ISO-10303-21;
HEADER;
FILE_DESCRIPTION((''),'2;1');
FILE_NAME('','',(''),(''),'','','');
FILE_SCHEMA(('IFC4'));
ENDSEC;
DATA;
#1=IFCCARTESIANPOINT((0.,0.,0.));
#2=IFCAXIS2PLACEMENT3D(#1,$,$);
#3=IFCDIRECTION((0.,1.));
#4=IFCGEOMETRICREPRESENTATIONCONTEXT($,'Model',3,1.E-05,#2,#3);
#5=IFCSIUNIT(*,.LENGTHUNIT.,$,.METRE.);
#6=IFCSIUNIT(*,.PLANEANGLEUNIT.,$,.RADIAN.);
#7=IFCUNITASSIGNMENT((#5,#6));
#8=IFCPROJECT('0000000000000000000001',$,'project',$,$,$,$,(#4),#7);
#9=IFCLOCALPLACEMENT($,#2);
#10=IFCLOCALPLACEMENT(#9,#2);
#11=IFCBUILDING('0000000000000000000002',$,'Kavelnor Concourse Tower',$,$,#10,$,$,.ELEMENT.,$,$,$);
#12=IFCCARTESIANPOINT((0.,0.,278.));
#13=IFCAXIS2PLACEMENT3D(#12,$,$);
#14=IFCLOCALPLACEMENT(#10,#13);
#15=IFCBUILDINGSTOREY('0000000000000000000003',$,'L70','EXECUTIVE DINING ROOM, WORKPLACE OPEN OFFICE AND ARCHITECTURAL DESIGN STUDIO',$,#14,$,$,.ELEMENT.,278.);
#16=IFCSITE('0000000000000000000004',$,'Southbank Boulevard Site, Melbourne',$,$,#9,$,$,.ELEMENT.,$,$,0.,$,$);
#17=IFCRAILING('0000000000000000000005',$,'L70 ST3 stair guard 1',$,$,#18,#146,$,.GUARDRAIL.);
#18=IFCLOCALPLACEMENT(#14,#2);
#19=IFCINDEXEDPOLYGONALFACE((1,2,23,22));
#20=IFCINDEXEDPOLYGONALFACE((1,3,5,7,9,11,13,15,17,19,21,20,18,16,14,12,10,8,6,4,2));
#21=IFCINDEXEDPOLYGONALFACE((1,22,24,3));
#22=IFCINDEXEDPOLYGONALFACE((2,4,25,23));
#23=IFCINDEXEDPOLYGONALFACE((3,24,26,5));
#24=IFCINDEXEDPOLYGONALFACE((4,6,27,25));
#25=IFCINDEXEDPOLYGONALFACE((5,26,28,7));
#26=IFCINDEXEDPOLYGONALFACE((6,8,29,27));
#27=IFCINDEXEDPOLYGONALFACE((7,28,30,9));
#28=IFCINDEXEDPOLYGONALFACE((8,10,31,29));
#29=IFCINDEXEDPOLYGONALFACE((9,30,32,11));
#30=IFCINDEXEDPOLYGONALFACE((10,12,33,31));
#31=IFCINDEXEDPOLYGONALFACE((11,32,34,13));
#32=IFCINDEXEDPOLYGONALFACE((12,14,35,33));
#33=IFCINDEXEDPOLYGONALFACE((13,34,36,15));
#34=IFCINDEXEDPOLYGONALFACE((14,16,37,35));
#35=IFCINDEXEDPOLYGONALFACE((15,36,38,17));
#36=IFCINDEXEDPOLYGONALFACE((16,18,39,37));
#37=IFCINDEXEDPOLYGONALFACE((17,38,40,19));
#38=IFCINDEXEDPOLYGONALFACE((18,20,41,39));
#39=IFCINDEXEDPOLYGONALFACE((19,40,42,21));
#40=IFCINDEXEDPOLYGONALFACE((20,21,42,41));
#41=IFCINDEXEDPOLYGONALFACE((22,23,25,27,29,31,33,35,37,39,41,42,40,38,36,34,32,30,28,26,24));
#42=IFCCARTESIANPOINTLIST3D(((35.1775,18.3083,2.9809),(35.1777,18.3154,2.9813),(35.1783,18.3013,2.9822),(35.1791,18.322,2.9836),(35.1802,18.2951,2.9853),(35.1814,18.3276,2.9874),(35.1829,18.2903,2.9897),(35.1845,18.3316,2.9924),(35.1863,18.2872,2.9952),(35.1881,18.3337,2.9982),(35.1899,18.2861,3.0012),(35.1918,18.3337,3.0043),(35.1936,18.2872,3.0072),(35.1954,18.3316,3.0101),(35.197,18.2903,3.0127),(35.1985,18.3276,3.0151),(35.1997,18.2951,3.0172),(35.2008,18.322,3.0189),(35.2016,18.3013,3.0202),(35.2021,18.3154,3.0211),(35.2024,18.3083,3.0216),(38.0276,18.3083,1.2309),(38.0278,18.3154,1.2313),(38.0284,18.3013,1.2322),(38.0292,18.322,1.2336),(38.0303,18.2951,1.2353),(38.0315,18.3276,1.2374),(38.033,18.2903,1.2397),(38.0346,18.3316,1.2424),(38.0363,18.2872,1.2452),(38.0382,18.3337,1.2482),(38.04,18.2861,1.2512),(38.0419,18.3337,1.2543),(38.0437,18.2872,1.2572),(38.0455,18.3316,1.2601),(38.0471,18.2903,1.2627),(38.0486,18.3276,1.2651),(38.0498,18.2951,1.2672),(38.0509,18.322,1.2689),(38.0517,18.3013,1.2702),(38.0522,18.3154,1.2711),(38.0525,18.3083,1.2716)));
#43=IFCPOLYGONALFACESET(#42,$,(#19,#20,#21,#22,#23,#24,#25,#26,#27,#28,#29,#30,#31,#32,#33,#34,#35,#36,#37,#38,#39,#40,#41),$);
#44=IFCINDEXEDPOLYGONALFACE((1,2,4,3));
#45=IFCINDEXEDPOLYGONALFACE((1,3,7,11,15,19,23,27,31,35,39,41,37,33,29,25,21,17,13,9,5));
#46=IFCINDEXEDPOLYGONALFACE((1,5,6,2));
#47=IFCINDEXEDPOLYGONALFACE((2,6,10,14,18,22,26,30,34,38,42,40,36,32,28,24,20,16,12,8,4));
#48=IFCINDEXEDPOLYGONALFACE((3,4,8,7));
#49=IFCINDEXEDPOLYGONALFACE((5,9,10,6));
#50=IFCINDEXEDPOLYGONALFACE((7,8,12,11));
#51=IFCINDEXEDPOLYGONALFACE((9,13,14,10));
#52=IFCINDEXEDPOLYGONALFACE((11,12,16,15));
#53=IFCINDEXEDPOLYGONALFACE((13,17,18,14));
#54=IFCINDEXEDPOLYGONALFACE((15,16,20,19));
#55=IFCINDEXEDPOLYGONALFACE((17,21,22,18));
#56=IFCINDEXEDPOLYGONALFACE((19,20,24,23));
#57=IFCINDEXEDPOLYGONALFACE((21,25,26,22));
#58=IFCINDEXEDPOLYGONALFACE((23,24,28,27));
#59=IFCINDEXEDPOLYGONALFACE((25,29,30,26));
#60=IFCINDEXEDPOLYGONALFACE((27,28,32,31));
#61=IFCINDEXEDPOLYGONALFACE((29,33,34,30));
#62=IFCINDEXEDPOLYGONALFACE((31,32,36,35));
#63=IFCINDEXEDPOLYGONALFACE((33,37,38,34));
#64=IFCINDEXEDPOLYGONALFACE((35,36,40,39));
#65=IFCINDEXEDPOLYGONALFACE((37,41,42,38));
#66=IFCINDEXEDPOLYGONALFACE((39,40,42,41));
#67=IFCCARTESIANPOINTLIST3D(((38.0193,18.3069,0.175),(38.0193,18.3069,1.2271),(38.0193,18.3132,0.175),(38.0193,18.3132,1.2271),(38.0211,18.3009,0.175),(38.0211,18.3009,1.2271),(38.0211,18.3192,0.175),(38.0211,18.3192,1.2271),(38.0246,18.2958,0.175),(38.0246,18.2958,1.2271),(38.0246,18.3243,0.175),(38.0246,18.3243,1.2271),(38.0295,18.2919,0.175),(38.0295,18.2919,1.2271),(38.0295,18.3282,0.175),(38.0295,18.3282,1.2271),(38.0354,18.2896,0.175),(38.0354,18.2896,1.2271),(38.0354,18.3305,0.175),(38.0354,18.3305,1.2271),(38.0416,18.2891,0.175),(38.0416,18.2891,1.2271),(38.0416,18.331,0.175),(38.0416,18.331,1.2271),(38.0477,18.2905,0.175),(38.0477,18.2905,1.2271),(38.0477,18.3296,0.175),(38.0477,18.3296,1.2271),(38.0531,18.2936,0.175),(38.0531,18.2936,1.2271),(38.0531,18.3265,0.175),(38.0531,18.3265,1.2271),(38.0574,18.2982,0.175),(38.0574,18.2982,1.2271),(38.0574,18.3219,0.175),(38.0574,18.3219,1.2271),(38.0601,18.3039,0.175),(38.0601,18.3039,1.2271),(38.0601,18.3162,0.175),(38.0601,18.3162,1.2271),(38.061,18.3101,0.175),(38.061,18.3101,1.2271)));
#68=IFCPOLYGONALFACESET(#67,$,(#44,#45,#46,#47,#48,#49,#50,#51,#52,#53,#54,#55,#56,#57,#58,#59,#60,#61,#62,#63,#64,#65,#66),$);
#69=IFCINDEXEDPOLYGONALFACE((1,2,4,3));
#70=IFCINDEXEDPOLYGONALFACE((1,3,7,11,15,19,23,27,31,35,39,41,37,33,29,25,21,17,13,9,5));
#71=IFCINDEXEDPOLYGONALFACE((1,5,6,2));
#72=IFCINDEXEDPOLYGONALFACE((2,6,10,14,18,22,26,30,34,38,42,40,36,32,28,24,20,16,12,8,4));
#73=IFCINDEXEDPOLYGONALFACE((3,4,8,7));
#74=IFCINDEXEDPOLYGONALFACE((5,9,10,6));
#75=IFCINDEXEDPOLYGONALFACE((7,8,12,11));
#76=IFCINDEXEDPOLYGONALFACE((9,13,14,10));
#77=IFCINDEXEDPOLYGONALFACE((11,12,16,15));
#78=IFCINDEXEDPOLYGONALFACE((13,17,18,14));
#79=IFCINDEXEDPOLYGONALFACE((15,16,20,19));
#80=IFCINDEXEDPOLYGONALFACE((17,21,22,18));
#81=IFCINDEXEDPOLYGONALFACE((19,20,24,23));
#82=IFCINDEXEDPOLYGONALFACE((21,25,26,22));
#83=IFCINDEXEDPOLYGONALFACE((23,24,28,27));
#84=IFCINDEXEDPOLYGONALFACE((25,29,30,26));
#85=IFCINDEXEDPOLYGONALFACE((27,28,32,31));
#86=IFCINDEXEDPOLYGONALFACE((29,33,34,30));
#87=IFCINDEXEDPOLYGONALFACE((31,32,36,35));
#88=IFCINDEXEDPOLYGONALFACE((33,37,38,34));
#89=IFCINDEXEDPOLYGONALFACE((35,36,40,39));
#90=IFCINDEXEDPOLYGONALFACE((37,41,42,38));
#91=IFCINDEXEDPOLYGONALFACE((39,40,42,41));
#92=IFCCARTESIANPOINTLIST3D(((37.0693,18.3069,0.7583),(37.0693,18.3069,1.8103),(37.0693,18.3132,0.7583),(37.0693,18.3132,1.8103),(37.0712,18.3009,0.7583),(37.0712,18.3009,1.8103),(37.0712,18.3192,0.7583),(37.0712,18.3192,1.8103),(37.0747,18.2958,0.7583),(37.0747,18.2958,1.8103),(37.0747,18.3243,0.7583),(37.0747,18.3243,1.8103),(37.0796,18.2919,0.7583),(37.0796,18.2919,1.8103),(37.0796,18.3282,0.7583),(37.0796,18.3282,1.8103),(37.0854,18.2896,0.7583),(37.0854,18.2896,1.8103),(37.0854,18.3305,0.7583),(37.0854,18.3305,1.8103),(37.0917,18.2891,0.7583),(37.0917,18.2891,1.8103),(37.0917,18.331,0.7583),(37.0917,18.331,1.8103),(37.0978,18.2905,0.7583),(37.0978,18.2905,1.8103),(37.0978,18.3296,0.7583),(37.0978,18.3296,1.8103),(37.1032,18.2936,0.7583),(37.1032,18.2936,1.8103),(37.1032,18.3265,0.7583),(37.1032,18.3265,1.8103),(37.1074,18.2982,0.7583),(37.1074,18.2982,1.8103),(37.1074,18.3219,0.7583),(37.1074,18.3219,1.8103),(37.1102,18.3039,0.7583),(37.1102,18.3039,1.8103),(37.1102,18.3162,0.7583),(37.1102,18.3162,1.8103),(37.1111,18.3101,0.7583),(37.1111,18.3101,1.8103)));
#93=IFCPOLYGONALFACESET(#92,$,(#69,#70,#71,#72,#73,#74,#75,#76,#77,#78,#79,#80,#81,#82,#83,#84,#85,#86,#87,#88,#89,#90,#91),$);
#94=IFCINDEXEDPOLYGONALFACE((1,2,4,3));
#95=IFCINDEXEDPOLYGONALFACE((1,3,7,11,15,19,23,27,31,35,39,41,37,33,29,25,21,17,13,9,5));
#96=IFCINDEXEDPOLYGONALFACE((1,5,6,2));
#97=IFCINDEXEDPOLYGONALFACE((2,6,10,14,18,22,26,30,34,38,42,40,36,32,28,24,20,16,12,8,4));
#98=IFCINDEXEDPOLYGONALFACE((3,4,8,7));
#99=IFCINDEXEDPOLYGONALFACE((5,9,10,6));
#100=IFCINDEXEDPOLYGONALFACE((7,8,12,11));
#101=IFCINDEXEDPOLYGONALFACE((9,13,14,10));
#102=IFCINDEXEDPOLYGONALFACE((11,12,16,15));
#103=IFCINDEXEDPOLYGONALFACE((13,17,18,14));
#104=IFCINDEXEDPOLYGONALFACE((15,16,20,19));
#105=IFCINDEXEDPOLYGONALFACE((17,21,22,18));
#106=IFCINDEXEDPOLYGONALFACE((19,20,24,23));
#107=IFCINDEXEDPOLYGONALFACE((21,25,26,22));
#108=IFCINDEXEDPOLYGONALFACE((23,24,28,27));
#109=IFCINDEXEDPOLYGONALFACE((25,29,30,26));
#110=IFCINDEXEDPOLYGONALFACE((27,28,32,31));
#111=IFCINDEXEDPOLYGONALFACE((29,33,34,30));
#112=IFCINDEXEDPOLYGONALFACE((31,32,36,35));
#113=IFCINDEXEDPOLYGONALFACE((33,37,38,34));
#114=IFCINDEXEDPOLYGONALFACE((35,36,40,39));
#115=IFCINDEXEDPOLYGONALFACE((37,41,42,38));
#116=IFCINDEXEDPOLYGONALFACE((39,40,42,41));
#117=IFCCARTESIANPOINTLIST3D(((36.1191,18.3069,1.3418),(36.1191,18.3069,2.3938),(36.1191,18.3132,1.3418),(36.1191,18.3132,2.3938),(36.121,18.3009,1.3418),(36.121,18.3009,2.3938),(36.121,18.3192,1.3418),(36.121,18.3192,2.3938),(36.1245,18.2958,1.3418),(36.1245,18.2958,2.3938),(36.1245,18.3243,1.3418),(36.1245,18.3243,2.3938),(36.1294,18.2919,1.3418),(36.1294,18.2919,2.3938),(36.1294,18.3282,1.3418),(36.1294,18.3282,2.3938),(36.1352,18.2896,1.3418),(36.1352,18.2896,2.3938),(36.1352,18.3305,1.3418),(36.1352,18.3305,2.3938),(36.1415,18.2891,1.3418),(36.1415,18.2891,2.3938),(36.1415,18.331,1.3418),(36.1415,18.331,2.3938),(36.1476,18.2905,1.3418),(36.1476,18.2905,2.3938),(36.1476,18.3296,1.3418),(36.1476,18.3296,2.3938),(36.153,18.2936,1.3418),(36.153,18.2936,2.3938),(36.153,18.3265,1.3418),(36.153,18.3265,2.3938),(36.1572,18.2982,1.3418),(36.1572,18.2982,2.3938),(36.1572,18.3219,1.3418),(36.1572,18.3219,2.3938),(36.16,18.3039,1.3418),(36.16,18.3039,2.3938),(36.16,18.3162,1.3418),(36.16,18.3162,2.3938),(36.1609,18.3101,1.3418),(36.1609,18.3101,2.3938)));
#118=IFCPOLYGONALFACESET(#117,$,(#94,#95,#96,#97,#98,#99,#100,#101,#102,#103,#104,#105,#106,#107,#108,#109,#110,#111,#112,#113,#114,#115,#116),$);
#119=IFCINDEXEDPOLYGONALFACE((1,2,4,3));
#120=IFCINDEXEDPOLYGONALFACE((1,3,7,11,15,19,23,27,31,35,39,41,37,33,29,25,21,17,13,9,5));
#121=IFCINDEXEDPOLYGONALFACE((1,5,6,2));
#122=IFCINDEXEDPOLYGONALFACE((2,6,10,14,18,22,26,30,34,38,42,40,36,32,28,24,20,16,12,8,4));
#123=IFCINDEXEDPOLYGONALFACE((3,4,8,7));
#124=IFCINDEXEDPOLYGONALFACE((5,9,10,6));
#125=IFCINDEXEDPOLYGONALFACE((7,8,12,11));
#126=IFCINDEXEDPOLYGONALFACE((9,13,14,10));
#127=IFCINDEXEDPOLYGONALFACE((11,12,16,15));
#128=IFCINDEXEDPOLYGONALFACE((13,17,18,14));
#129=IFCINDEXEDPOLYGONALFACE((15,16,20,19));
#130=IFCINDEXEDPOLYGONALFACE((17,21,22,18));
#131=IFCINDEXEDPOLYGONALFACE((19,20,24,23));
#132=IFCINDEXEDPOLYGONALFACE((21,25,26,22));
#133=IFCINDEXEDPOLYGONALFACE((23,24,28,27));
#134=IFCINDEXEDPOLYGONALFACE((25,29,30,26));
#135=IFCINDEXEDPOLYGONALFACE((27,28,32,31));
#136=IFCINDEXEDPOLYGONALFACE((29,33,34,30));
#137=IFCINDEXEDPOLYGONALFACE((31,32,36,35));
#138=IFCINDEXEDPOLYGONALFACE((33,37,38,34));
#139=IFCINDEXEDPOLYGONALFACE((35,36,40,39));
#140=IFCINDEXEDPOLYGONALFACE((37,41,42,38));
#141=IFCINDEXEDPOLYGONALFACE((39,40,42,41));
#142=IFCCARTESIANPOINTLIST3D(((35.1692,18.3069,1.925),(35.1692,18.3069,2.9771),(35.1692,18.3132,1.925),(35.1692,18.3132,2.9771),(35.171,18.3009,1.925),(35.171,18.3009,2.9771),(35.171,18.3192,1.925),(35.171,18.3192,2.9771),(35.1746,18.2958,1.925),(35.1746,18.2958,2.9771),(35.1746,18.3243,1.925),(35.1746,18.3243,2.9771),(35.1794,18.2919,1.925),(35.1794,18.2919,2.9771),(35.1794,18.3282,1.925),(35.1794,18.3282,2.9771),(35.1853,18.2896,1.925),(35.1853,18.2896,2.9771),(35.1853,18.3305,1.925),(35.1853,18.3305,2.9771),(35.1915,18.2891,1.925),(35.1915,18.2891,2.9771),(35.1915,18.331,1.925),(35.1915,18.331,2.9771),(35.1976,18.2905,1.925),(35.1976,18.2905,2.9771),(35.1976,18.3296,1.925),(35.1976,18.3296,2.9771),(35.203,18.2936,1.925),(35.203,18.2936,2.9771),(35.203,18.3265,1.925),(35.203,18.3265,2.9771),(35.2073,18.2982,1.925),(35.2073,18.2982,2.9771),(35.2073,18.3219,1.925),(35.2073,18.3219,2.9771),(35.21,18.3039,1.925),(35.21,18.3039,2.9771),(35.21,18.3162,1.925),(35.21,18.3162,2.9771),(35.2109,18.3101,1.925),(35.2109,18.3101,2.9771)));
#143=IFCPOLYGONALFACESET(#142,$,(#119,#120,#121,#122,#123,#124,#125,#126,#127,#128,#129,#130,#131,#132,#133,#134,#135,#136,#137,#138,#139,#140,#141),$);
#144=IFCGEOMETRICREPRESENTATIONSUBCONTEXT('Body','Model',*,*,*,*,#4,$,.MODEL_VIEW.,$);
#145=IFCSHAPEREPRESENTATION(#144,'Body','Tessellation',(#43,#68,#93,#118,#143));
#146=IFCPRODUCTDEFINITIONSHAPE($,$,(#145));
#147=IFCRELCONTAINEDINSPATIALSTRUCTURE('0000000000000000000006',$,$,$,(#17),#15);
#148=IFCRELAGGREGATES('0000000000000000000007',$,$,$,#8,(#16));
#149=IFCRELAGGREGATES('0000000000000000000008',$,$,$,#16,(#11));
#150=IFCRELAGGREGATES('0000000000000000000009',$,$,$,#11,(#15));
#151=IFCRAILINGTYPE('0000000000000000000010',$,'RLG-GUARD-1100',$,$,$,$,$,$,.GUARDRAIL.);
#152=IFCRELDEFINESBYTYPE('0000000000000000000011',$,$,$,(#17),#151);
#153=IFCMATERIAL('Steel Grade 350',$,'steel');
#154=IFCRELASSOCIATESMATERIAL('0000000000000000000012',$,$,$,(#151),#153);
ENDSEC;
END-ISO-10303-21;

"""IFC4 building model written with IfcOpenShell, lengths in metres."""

from ifc_helpers import new_model, si_unit, direction, frame, origin, origin_2d, place, context, subcontext, project, spatial, circle, extrude, material, type_object, element, save


model = new_model("IFC4")

# Units and contexts
model_context = context("Model", 3, precision=1e-05, world=origin(), true_north=direction((0.0, 1.0)))
body_context = subcontext(model_context, "Body", "Model", "MODEL_VIEW")
ifc_project = project(units=[si_unit("LENGTHUNIT", "METRE"), si_unit("PLANEANGLEUNIT", "RADIAN")], contexts=[model_context])

# Site, building, storey
site_placement = place(None, origin())
site = spatial("IfcSite", under=ifc_project, at=site_placement, Name="Southbank Boulevard Site, Melbourne", CompositionType="ELEMENT", RefElevation=0.0)
building_placement = place(site_placement, origin())
building = spatial("IfcBuilding", under=site, at=building_placement, Name="Kavelnor Concourse Tower", CompositionType="ELEMENT")
storey_placement = place(building_placement, frame((0.0, 0.0, 278.0)))
storey = spatial("IfcBuildingStorey", under=building, at=storey_placement, Name="L70", Description="EXECUTIVE DINING ROOM, WORKPLACE OPEN OFFICE AND ARCHITECTURAL DESIGN STUDIO", CompositionType="ELEMENT", Elevation=278.0)

# Shared definitions
ifc_material_1 = material(Name="Steel Grade 350", Category="steel")

# Railing
railing_type_1 = type_object("IfcRailingType", Name="RLG-GUARD-1100", PredefinedType="GUARDRAIL", material=ifc_material_1)
railing_1_placement = place(storey_placement, frame((38.04, 18.3101, 0.175)))
element("IfcRailing", 1, at=railing_1_placement, inside=storey, type_object=railing_type_1, Name="L70 ST3 stair guard 1", PredefinedType="GUARDRAIL", context=body_context, shape_type="SweptSolid", body=[
    extrude(circle(Radius=0.0239, at=origin_2d()), frame((0.0, 0.0, 1.0762), z_axis=(-0.852179, 0.0, 0.52325), x_axis=(0.0, -1.0, 0.0)), (0.0, 0.0, 1.0), 3.3445),
    extrude(circle(Radius=0.021, at=origin_2d()), origin(), (0.0, 0.0, 1.0), 1.052),
    extrude(circle(Radius=0.021, at=origin_2d()), frame((-0.95, 0.0, 0.5833)), (0.0, 0.0, 1.0), 1.052),
    extrude(circle(Radius=0.021, at=origin_2d()), frame((-1.9001, 0.0, 1.1667)), (0.0, 0.0, 1.0), 1.052),
    extrude(circle(Radius=0.021, at=origin_2d()), frame((-2.8501, 0.0, 1.75)), (0.0, 0.0, 1.0), 1.052),
])

save(model, "model.ifc")
